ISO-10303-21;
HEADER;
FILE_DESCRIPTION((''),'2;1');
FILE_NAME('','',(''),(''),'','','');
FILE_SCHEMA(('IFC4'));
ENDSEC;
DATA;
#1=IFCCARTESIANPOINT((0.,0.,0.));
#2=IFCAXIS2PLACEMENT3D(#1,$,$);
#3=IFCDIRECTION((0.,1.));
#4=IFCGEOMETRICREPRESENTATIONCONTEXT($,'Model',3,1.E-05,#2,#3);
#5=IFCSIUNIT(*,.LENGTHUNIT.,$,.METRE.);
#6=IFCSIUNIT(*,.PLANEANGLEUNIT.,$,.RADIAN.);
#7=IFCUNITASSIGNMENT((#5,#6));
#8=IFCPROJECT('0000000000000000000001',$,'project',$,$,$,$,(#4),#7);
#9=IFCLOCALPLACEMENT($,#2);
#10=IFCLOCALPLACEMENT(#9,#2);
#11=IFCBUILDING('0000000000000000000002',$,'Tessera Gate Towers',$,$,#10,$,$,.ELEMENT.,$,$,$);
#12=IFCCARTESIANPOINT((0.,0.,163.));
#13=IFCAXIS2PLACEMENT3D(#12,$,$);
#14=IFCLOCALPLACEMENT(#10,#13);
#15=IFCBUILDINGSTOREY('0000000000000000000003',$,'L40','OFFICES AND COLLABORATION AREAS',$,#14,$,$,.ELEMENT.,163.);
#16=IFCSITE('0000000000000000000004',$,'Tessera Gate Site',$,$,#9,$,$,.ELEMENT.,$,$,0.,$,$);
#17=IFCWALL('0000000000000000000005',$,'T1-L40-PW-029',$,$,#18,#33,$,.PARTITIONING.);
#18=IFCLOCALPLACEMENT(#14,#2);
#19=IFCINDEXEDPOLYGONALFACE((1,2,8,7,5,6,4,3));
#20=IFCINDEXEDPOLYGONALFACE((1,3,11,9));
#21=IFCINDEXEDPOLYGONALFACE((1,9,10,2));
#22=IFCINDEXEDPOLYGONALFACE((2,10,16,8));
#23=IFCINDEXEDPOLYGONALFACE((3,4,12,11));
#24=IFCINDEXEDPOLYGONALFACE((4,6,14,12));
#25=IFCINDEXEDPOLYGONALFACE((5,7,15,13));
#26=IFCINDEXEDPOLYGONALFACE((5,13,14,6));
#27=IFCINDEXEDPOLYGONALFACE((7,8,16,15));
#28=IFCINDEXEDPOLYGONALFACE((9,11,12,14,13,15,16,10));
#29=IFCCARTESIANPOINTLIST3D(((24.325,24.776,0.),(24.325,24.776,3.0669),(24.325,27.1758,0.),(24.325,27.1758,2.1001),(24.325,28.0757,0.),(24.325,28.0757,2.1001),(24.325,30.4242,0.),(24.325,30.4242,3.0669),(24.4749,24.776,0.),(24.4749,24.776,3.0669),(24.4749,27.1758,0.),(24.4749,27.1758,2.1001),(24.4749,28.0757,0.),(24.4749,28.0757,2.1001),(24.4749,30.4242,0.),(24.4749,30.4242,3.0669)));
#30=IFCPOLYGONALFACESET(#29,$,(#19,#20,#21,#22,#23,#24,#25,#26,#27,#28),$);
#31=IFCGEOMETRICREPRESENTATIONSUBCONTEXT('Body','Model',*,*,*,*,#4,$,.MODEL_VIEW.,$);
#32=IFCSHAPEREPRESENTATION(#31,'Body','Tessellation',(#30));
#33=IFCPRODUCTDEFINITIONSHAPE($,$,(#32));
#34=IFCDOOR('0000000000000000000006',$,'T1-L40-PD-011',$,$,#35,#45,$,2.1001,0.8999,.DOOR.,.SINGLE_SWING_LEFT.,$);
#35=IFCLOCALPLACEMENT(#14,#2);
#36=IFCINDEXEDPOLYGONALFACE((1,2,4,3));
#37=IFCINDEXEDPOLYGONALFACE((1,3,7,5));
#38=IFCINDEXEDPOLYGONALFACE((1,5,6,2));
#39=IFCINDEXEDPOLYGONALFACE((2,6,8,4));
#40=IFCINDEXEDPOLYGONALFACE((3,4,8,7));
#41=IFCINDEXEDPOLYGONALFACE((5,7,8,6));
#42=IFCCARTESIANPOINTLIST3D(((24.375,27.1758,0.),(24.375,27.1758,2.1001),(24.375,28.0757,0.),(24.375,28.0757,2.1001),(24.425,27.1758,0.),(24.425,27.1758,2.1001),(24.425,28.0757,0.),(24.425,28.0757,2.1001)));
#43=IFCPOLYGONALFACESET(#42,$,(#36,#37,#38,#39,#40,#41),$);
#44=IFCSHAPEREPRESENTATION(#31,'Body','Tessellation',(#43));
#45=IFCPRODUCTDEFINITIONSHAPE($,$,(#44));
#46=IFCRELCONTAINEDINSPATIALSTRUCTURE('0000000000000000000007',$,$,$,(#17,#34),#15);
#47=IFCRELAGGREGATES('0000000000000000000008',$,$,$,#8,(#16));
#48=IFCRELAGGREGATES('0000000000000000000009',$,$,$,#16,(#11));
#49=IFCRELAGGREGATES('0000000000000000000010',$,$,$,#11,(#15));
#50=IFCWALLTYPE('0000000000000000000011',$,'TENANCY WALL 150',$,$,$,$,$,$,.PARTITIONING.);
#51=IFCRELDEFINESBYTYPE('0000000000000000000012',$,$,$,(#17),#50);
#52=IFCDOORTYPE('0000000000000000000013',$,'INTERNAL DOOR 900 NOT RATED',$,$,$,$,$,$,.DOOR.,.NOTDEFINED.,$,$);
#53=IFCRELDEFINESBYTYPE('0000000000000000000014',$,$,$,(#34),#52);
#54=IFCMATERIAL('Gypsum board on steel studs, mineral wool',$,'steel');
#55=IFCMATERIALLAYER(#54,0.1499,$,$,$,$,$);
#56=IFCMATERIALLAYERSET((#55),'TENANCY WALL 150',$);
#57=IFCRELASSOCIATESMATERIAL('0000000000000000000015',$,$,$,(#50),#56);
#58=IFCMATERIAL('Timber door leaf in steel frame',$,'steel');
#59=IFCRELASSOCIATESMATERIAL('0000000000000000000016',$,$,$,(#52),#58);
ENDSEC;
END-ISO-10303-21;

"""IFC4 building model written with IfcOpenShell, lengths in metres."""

from ifc_helpers import new_model, si_unit, direction, frame, frame_2d, origin, place, context, subcontext, project, spatial, rectangle, extrude, source, transform, mapped, material, layer, layer_set, type_object, element, fill, save


model = new_model("IFC4")

# Units and contexts
model_context = context("Model", 3, precision=1e-05, world=origin(), true_north=direction((0.0, 1.0)))
body_context = subcontext(model_context, "Body", "Model", "MODEL_VIEW")
ifc_project = project(units=[si_unit("LENGTHUNIT", "METRE"), si_unit("PLANEANGLEUNIT", "RADIAN")], contexts=[model_context])

# Site, building, storey
site_placement = place(None, origin())
site = spatial("IfcSite", under=ifc_project, at=site_placement, Name="Tessera Gate Site", CompositionType="ELEMENT", RefElevation=0.0)
building_placement = place(site_placement, origin())
building = spatial("IfcBuilding", under=site, at=building_placement, Name="Tessera Gate Towers", CompositionType="ELEMENT")
storey_placement = place(building_placement, frame((0.0, 0.0, 163.0)))
storey = spatial("IfcBuildingStorey", under=building, at=storey_placement, Name="L40", Description="OFFICES AND COLLABORATION AREAS", CompositionType="ELEMENT", Elevation=163.0)

# Shared definitions
shared_shape_1 = source(origin(), body_context, "Body", "SweptSolid", [
    extrude(rectangle(XDim=0.8999, YDim=2.1001, at=frame_2d((0.45, 1.05))), frame((0.0, 0.0249, 0.0), z_axis=(0.0, -1.0, 0.0), x_axis=(1.0, 0.0, 0.0)), (0.0, 0.0, 1.0), 0.05),
])

# Shared definitions
shared_shape_2 = source(origin(), body_context, "Body", "SweptSolid", [
    extrude(rectangle(XDim=0.8999, YDim=2.1001, at=frame_2d((0.45, 1.05))), frame((0.0, 0.085, 0.0), z_axis=(0.0, -1.0, 0.0), x_axis=(1.0, 0.0, 0.0)), (0.0, 0.0, 1.0), 0.1699),
])

# Shared definitions
ifc_material_1 = material(Name="Gypsum board on steel studs, mineral wool", Category="steel")
ifc_layer_1 = layer(ifc_material_1, 0.1499)
ifc_layer_set_1 = layer_set([ifc_layer_1], Name="TENANCY WALL 150")
wall_type_1 = type_object("IfcWallType", Name="TENANCY WALL 150", PredefinedType="PARTITIONING", material=ifc_layer_set_1)

# Wall, opening, door
wall_1_placement = place(storey_placement, frame((24.3999, 24.7759, 0.0), z_axis=(0.0, 0.0, 1.0), x_axis=(0.0, 1.0, 0.0)))
wall_1 = element("IfcWall", 1, at=wall_1_placement, inside=storey, type_object=wall_type_1, Name="T1-L40-PW-029", PredefinedType="PARTITIONING", context=body_context, shape_type="SweptSolid", body=[
    extrude(rectangle(XDim=5.6482, YDim=0.1499, at=frame_2d((2.8242, 0.0))), origin(), (0.0, 0.0, 1.0), 3.0669),
])
opening_1_placement = place(wall_1_placement, frame((2.3999, 0.0, 0.0)))
opening_1 = element("IfcOpeningElement", 2, at=opening_1_placement, cuts=wall_1, PredefinedType="OPENING", context=body_context, shape_type="MappedRepresentation", body=[
    mapped(shared_shape_2, transform((0.0, 0.0, 0.0), scale=1.0)),
])
ifc_material_2 = material(Name="Timber door leaf in steel frame", Category="steel")
door_type_1 = type_object("IfcDoorType", Name="INTERNAL DOOR 900 NOT RATED", OperationType="NOTDEFINED", PredefinedType="DOOR", material=ifc_material_2)
door_1_placement = place(opening_1_placement, origin())
door_1 = element("IfcDoor", 3, at=door_1_placement, inside=storey, type_object=door_type_1, Name="T1-L40-PD-011", OperationType="SINGLE_SWING_LEFT", OverallHeight=2.1001, OverallWidth=0.8999, PredefinedType="DOOR", context=body_context, shape_type="MappedRepresentation", body=[
    mapped(shared_shape_1, transform((0.0, 0.0, 0.0), scale=1.0)),
])
fill(opening_1, door_1)

save(model, "model.ifc")
